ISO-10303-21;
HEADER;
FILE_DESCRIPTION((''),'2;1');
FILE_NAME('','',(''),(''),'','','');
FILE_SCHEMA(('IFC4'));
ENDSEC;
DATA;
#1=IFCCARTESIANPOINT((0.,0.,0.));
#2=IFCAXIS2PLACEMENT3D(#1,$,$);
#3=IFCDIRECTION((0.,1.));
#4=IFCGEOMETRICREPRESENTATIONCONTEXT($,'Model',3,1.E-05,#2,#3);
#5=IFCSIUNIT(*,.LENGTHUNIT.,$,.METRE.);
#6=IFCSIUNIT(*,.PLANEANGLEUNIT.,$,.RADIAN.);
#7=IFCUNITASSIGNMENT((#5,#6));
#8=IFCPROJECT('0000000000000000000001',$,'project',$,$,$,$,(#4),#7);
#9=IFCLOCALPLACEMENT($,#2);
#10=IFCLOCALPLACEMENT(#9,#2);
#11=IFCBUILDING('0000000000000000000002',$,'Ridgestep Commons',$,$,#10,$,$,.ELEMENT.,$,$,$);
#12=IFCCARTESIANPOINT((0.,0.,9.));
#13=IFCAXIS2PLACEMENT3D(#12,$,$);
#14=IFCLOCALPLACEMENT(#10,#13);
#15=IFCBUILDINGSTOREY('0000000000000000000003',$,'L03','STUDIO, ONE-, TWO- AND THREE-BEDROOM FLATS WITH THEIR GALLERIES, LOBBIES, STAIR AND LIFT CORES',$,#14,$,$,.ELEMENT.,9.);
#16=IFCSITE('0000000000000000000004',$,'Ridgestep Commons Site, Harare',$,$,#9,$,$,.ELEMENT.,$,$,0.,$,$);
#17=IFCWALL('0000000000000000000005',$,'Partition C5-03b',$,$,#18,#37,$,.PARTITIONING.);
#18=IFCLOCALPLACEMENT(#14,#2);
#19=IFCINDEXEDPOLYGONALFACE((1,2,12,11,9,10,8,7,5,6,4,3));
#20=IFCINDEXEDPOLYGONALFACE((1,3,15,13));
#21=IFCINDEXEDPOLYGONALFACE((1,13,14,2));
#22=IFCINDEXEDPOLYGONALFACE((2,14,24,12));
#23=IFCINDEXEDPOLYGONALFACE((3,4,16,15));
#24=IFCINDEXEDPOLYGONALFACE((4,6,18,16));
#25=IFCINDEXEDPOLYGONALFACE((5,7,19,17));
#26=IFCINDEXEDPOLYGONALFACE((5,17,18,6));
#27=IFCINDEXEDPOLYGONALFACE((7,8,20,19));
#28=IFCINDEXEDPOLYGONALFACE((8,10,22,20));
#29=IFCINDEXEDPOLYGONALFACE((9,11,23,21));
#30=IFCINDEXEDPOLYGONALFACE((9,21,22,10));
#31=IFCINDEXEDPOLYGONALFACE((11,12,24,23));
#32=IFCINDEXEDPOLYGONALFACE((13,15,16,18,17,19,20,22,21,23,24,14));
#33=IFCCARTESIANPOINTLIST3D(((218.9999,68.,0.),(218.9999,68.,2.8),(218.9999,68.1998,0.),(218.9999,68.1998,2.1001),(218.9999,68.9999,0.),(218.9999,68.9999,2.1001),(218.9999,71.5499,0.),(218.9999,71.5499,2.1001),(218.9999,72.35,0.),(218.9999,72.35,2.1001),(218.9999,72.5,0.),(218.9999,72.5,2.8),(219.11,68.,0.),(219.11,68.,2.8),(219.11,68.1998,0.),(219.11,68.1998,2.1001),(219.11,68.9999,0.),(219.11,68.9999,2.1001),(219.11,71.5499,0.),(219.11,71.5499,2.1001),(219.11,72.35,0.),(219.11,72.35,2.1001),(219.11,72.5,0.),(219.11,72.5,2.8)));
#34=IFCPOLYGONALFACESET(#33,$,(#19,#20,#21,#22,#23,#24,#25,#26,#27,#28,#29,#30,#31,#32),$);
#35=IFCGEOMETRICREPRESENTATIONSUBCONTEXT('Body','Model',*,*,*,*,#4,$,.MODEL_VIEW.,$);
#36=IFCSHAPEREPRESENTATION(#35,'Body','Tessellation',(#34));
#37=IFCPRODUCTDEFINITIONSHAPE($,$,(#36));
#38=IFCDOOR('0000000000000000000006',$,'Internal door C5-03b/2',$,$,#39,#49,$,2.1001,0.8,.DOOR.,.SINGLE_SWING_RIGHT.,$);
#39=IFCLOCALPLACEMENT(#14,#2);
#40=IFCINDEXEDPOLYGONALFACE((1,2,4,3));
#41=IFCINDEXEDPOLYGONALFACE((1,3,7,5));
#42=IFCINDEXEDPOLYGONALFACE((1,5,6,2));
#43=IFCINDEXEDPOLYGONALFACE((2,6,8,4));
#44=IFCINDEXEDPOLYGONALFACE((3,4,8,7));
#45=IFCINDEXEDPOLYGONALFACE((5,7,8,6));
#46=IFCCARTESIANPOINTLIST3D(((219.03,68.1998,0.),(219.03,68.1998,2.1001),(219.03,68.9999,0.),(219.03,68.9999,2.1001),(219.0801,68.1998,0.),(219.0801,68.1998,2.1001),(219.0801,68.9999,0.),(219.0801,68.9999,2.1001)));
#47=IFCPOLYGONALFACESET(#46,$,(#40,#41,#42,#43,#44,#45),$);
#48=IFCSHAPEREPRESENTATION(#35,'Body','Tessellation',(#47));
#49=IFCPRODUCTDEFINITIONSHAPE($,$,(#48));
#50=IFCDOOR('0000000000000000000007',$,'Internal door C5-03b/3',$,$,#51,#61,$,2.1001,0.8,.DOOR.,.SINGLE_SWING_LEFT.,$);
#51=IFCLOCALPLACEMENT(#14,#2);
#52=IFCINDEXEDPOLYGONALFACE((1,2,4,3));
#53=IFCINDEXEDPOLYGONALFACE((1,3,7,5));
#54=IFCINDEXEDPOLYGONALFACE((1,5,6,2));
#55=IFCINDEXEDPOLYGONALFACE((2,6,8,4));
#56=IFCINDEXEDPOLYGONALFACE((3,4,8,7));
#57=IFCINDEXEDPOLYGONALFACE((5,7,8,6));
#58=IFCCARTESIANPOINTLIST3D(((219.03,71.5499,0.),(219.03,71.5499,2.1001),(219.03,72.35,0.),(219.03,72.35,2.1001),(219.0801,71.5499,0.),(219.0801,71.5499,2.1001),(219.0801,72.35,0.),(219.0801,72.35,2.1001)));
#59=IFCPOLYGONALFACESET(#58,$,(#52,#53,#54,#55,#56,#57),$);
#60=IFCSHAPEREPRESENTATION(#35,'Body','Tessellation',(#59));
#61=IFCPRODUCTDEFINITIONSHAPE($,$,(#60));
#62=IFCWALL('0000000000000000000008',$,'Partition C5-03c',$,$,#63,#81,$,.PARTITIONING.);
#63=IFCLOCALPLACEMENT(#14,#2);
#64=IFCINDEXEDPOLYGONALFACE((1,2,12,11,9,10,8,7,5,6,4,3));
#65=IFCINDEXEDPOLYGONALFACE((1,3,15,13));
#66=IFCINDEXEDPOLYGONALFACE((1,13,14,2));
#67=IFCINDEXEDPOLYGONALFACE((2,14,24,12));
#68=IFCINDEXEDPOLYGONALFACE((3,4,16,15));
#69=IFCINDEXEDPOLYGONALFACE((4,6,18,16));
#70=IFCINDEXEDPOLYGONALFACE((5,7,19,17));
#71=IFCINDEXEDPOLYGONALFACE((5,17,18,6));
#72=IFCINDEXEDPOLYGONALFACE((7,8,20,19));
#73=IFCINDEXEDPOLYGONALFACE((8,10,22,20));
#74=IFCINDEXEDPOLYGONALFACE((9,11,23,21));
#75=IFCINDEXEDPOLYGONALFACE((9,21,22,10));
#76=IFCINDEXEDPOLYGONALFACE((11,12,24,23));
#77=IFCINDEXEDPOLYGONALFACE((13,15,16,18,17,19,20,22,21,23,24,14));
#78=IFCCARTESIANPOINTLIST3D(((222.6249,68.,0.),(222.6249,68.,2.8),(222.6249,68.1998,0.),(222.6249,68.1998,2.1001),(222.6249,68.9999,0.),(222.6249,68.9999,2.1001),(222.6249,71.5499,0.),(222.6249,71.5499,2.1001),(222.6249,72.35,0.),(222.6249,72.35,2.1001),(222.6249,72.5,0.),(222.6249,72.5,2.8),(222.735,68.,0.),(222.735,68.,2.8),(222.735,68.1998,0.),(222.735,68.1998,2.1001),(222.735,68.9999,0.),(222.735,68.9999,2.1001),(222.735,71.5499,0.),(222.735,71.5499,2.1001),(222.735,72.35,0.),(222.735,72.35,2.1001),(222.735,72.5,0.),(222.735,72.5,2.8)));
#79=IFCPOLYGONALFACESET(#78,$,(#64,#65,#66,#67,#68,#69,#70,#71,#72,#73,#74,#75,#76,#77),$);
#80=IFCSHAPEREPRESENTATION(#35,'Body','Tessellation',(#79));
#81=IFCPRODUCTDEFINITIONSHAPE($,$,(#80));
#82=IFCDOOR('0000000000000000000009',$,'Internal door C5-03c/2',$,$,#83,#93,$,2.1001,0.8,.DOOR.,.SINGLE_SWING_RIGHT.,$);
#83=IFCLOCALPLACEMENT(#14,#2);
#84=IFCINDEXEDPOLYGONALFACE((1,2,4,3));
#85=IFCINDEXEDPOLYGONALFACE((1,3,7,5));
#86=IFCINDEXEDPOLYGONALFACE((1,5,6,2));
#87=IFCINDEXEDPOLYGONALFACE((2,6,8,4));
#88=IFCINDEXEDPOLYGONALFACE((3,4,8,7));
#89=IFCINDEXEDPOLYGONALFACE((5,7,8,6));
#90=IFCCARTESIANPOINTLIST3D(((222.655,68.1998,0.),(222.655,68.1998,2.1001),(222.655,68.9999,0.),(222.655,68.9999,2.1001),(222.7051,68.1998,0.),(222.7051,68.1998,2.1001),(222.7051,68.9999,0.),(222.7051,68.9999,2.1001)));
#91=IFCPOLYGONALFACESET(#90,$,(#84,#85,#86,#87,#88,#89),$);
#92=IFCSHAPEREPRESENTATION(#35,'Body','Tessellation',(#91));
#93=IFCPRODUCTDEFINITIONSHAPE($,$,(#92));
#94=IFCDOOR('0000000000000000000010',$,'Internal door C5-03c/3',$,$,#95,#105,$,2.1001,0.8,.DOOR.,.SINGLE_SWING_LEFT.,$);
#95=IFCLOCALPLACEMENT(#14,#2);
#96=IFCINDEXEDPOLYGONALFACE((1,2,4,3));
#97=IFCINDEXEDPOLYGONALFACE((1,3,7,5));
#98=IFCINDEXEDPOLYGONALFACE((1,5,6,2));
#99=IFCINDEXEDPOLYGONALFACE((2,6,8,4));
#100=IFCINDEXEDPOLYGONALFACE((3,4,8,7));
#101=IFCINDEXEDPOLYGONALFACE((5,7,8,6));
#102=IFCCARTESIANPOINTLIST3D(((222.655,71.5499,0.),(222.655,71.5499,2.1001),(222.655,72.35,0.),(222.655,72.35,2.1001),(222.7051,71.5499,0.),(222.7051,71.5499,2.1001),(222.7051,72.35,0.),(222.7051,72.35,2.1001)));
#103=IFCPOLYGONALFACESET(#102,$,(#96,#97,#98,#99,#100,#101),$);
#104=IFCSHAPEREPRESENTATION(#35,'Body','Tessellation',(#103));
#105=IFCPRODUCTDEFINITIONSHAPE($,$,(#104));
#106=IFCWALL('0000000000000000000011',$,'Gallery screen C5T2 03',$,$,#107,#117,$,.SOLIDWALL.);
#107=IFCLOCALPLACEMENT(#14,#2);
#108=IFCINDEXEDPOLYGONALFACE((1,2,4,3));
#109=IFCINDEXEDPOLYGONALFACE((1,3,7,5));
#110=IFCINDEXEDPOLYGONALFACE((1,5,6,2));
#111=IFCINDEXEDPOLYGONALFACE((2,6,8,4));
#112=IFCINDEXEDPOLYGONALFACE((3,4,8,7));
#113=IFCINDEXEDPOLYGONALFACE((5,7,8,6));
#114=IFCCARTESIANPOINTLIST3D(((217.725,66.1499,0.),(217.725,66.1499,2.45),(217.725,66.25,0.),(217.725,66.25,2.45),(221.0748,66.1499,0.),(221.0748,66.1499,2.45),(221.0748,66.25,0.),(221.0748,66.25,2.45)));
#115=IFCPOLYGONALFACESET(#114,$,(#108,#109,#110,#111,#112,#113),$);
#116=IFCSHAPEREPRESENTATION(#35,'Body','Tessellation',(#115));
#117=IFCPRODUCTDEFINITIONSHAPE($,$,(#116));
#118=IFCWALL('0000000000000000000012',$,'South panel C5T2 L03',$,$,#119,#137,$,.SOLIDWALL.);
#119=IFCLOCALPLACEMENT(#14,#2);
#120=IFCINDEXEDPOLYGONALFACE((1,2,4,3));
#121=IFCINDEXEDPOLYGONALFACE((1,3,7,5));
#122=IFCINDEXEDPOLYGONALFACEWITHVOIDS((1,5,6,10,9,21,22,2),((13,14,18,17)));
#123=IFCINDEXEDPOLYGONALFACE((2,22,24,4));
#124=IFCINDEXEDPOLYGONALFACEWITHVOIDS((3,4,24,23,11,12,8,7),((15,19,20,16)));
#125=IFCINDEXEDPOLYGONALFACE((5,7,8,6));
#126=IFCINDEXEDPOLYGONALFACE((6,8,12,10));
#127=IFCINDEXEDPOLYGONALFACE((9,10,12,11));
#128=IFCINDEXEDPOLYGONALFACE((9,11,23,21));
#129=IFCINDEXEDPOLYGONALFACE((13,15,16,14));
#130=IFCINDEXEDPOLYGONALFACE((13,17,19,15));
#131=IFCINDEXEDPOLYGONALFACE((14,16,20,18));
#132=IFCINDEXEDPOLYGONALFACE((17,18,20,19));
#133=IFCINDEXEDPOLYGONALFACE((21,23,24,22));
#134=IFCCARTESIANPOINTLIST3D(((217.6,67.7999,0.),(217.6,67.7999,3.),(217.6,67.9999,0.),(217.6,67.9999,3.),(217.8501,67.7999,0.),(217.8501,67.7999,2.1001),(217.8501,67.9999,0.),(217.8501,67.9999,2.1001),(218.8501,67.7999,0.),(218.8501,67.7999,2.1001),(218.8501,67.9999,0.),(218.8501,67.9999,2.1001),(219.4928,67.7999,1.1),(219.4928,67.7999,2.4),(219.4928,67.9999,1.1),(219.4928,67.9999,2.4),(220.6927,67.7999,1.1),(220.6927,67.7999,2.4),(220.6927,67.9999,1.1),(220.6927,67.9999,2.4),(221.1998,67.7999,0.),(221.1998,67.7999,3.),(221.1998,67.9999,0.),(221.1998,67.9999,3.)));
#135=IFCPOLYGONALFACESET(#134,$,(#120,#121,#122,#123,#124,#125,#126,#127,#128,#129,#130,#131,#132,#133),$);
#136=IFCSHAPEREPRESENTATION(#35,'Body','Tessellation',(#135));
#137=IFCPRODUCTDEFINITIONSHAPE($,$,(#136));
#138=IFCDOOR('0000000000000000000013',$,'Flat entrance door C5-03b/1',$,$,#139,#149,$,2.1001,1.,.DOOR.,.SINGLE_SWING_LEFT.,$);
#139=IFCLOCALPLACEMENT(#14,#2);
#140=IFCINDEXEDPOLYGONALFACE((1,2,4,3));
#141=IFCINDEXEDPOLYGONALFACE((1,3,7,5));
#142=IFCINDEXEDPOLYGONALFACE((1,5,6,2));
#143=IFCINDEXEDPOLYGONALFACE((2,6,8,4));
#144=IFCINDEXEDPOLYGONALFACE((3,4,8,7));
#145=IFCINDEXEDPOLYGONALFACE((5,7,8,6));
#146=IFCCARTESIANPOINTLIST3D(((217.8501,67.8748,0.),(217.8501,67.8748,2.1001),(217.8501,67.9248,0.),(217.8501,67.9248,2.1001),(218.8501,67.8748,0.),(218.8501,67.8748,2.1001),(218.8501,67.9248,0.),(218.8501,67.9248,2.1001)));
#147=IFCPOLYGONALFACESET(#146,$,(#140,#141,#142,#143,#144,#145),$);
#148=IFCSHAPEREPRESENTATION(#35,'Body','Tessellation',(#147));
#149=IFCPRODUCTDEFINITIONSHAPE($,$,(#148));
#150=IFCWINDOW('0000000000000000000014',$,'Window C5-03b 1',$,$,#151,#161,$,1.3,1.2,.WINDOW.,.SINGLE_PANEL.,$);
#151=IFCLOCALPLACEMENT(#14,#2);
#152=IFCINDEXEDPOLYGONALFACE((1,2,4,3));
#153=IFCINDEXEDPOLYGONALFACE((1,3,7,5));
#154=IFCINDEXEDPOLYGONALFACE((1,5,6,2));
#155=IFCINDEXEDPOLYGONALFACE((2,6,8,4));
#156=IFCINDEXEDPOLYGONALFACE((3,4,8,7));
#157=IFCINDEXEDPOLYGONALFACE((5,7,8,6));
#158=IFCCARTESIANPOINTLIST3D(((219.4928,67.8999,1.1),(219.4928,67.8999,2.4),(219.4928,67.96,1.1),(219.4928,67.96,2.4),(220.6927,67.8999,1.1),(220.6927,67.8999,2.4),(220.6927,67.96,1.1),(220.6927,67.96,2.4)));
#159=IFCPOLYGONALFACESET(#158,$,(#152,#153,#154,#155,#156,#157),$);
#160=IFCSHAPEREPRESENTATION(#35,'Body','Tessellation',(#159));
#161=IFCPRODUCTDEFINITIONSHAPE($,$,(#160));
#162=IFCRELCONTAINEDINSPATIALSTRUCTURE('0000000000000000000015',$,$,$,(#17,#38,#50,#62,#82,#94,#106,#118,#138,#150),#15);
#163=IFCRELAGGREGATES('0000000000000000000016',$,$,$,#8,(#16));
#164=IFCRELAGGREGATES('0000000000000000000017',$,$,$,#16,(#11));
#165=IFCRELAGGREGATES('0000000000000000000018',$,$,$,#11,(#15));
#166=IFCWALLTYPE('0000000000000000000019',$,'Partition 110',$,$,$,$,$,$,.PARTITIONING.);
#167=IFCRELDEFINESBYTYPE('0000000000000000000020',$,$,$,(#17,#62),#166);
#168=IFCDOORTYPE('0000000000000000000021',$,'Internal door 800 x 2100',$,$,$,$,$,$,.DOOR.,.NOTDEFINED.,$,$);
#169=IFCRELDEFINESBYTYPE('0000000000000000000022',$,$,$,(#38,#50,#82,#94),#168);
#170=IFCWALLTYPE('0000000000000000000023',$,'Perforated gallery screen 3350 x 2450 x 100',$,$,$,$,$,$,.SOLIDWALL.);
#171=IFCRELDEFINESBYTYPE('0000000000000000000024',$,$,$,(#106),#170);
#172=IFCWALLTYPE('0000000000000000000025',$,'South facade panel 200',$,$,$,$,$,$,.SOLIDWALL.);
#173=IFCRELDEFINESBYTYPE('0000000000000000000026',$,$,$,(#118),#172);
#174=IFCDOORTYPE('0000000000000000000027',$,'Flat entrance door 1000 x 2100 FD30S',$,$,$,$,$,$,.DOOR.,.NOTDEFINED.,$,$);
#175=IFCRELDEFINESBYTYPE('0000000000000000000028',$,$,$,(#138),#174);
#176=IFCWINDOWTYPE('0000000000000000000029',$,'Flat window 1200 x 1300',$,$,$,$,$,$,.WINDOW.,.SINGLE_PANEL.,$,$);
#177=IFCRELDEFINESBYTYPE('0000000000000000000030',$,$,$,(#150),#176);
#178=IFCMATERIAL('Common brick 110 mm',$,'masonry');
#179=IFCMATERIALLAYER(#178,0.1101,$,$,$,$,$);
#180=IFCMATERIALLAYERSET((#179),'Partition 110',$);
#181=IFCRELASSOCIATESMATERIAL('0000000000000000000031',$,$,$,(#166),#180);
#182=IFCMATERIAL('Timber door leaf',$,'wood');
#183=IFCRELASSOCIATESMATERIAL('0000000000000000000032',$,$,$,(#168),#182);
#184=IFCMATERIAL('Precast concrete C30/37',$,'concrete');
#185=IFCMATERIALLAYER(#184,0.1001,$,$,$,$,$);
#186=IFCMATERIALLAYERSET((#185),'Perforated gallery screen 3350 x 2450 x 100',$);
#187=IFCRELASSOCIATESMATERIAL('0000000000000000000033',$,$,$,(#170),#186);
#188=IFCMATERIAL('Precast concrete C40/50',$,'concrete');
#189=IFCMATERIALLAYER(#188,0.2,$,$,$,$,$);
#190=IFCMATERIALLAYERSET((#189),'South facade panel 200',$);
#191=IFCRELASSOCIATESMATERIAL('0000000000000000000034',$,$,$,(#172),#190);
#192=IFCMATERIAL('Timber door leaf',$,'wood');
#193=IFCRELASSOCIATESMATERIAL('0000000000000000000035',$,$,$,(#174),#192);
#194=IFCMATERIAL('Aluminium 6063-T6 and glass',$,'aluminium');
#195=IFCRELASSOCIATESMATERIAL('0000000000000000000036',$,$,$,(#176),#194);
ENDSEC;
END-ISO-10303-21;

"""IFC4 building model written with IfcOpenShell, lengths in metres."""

from ifc_helpers import new_model, si_unit, direction, frame, frame_2d, origin, place, context, subcontext, project, spatial, rectangle, extrude, material, layer, layer_set, type_object, element, fill, save


model = new_model("IFC4")

# Units and contexts
model_context = context("Model", 3, precision=1e-05, world=origin(), true_north=direction((0.0, 1.0)))
body_context = subcontext(model_context, "Body", "Model", "MODEL_VIEW")
ifc_project = project(units=[si_unit("LENGTHUNIT", "METRE"), si_unit("PLANEANGLEUNIT", "RADIAN")], contexts=[model_context])

# Site, building, storey
site_placement = place(None, origin())
site = spatial("IfcSite", under=ifc_project, at=site_placement, Name="Ridgestep Commons Site, Harare", CompositionType="ELEMENT", RefElevation=0.0)
building_placement = place(site_placement, origin())
building = spatial("IfcBuilding", under=site, at=building_placement, Name="Ridgestep Commons", CompositionType="ELEMENT")
storey_placement = place(building_placement, frame((0.0, 0.0, 9.0)))
storey = spatial("IfcBuildingStorey", under=building, at=storey_placement, Name="L03", Description="STUDIO, ONE-, TWO- AND THREE-BEDROOM FLATS WITH THEIR GALLERIES, LOBBIES, STAIR AND LIFT CORES", CompositionType="ELEMENT", Elevation=9.0)

# Walls, openings, doors
ifc_material_1 = material(Name="Common brick 110 mm", Category="masonry")
ifc_layer_1 = layer(ifc_material_1, 0.1101)
ifc_layer_set_1 = layer_set([ifc_layer_1], Name="Partition 110")
wall_type_1 = type_object("IfcWallType", Name="Partition 110", PredefinedType="PARTITIONING", material=ifc_layer_set_1)
ifc_material_2 = material(Name="Timber door leaf", Category="wood")
door_type_1 = type_object("IfcDoorType", Name="Internal door 800 x 2100", OperationType="NOTDEFINED", PredefinedType="DOOR", material=ifc_material_2)
wall_1_placement = place(storey_placement, frame((219.0549, 68.0, 0.0), z_axis=(0.0, 0.0, 1.0), x_axis=(0.0, 1.0, 0.0)))
wall_1 = element("IfcWall", 1, at=wall_1_placement, inside=storey, type_object=wall_type_1, Name="Partition C5-03b", PredefinedType="PARTITIONING", context=body_context, shape_type="SweptSolid", body=[
    extrude(rectangle(XDim=4.5, YDim=0.1101, at=frame_2d((2.25, 0.0))), origin(), (0.0, 0.0, 1.0), 2.8),
])
opening_1_placement = place(wall_1_placement, frame((0.2, 0.0, 0.0)))
opening_1 = element("IfcOpeningElement", 2, at=opening_1_placement, cuts=wall_1, PredefinedType="OPENING", context=body_context, shape_type="SweptSolid", body=[
    extrude(rectangle(XDim=0.8, YDim=2.1001, at=frame_2d((0.3999, 1.05))), frame((0.0, 0.0649, 0.0), z_axis=(0.0, -1.0, 0.0), x_axis=(1.0, 0.0, 0.0)), (0.0, 0.0, 1.0), 0.1301),
])
opening_2_placement = place(wall_1_placement, frame((3.55, 0.0, 0.0)))
opening_2 = element("IfcOpeningElement", 3, at=opening_2_placement, cuts=wall_1, PredefinedType="OPENING", context=body_context, shape_type="SweptSolid", body=[
    extrude(rectangle(XDim=0.8, YDim=2.1001, at=frame_2d((0.3999, 1.05))), frame((0.0, 0.0649, 0.0), z_axis=(0.0, -1.0, 0.0), x_axis=(1.0, 0.0, 0.0)), (0.0, 0.0, 1.0), 0.1301),
])
door_1_placement = place(opening_1_placement, origin())
door_1 = element("IfcDoor", 4, at=door_1_placement, inside=storey, type_object=door_type_1, Name="Internal door C5-03b/2", OperationType="SINGLE_SWING_RIGHT", OverallHeight=2.1001, OverallWidth=0.8, PredefinedType="DOOR", context=body_context, shape_type="SweptSolid", body=[
    extrude(rectangle(XDim=0.8, YDim=2.1001, at=frame_2d((0.3999, 1.05))), frame((0.0, 0.0249, 0.0), z_axis=(0.0, -1.0, 0.0), x_axis=(1.0, 0.0, 0.0)), (0.0, 0.0, 1.0), 0.05),
])
fill(opening_1, door_1)
door_2_placement = place(opening_2_placement, origin())
door_2 = element("IfcDoor", 5, at=door_2_placement, inside=storey, type_object=door_type_1, Name="Internal door C5-03b/3", OperationType="SINGLE_SWING_LEFT", OverallHeight=2.1001, OverallWidth=0.8, PredefinedType="DOOR", context=body_context, shape_type="SweptSolid", body=[
    extrude(rectangle(XDim=0.8, YDim=2.1001, at=frame_2d((0.3999, 1.05))), frame((0.0, 0.0249, 0.0), z_axis=(0.0, -1.0, 0.0), x_axis=(1.0, 0.0, 0.0)), (0.0, 0.0, 1.0), 0.05),
])
fill(opening_2, door_2)
wall_2_placement = place(storey_placement, frame((222.6799, 68.0, 0.0), z_axis=(0.0, 0.0, 1.0), x_axis=(0.0, 1.0, 0.0)))
wall_2 = element("IfcWall", 6, at=wall_2_placement, inside=storey, type_object=wall_type_1, Name="Partition C5-03c", PredefinedType="PARTITIONING", context=body_context, shape_type="SweptSolid", body=[
    extrude(rectangle(XDim=4.5, YDim=0.1101, at=frame_2d((2.25, 0.0))), origin(), (0.0, 0.0, 1.0), 2.8),
])
opening_3_placement = place(wall_2_placement, frame((0.2, 0.0, 0.0)))
opening_3 = element("IfcOpeningElement", 7, at=opening_3_placement, cuts=wall_2, PredefinedType="OPENING", context=body_context, shape_type="SweptSolid", body=[
    extrude(rectangle(XDim=0.8, YDim=2.1001, at=frame_2d((0.3999, 1.05))), frame((0.0, 0.0649, 0.0), z_axis=(0.0, -1.0, 0.0), x_axis=(1.0, 0.0, 0.0)), (0.0, 0.0, 1.0), 0.1301),
])
opening_4_placement = place(wall_2_placement, frame((3.55, 0.0, 0.0)))
opening_4 = element("IfcOpeningElement", 8, at=opening_4_placement, cuts=wall_2, PredefinedType="OPENING", context=body_context, shape_type="SweptSolid", body=[
    extrude(rectangle(XDim=0.8, YDim=2.1001, at=frame_2d((0.3999, 1.05))), frame((0.0, 0.0649, 0.0), z_axis=(0.0, -1.0, 0.0), x_axis=(1.0, 0.0, 0.0)), (0.0, 0.0, 1.0), 0.1301),
])
door_3_placement = place(opening_3_placement, origin())
door_3 = element("IfcDoor", 9, at=door_3_placement, inside=storey, type_object=door_type_1, Name="Internal door C5-03c/2", OperationType="SINGLE_SWING_RIGHT", OverallHeight=2.1001, OverallWidth=0.8, PredefinedType="DOOR", context=body_context, shape_type="SweptSolid", body=[
    extrude(rectangle(XDim=0.8, YDim=2.1001, at=frame_2d((0.3999, 1.05))), frame((0.0, 0.0249, 0.0), z_axis=(0.0, -1.0, 0.0), x_axis=(1.0, 0.0, 0.0)), (0.0, 0.0, 1.0), 0.05),
])
fill(opening_3, door_3)
door_4_placement = place(opening_4_placement, origin())
door_4 = element("IfcDoor", 10, at=door_4_placement, inside=storey, type_object=door_type_1, Name="Internal door C5-03c/3", OperationType="SINGLE_SWING_LEFT", OverallHeight=2.1001, OverallWidth=0.8, PredefinedType="DOOR", context=body_context, shape_type="SweptSolid", body=[
    extrude(rectangle(XDim=0.8, YDim=2.1001, at=frame_2d((0.3999, 1.05))), frame((0.0, 0.0249, 0.0), z_axis=(0.0, -1.0, 0.0), x_axis=(1.0, 0.0, 0.0)), (0.0, 0.0, 1.0), 0.05),
])
fill(opening_4, door_4)

# Wall
ifc_material_3 = material(Name="Precast concrete C30/37", Category="concrete")
ifc_layer_2 = layer(ifc_material_3, 0.1001)
ifc_layer_set_2 = layer_set([ifc_layer_2], Name="Perforated gallery screen 3350 x 2450 x 100")
wall_type_2 = type_object("IfcWallType", Name="Perforated gallery screen 3350 x 2450 x 100", PredefinedType="SOLIDWALL", material=ifc_layer_set_2)
wall_3_placement = place(storey_placement, frame((217.7251, 66.2, 0.0), z_axis=(0.0, 0.0, 1.0), x_axis=(1.0, 0.0, 0.0)))
element("IfcWall", 11, at=wall_3_placement, inside=storey, type_object=wall_type_2, Name="Gallery screen C5T2 03", PredefinedType="SOLIDWALL", context=body_context, shape_type="SweptSolid", body=[
    extrude(rectangle(XDim=3.3499, YDim=0.1001, at=frame_2d((1.6748, 0.0))), origin(), (0.0, 0.0, 1.0), 2.45),
])

# Wall, openings, door, window
ifc_material_4 = material(Name="Precast concrete C40/50", Category="concrete")
ifc_layer_3 = layer(ifc_material_4, 0.2)
ifc_layer_set_3 = layer_set([ifc_layer_3], Name="South facade panel 200")
wall_type_3 = type_object("IfcWallType", Name="South facade panel 200", PredefinedType="SOLIDWALL", material=ifc_layer_set_3)
wall_4_placement = place(storey_placement, frame((217.6001, 67.8999, 0.0), z_axis=(0.0, 0.0, 1.0), x_axis=(1.0, 0.0, 0.0)))
wall_4 = element("IfcWall", 12, at=wall_4_placement, inside=storey, type_object=wall_type_3, Name="South panel C5T2 L03", PredefinedType="SOLIDWALL", context=body_context, shape_type="SweptSolid", body=[
    extrude(rectangle(XDim=3.5999, YDim=0.2, at=frame_2d((1.7998, 0.0))), origin(), (0.0, 0.0, 1.0), 3.0),
])
opening_5_placement = place(wall_4_placement, frame((1.8926, 0.0, 1.1001)))
opening_5 = element("IfcOpeningElement", 13, at=opening_5_placement, cuts=wall_4, PredefinedType="OPENING", context=body_context, shape_type="SweptSolid", body=[
    extrude(rectangle(XDim=1.2, YDim=1.3, at=frame_2d((0.6001, 0.6499))), frame((0.0, 0.1099, 0.0), z_axis=(0.0, -1.0, 0.0), x_axis=(1.0, 0.0, 0.0)), (0.0, 0.0, 1.0), 0.22),
])
opening_6_placement = place(wall_4_placement, frame((0.25, 0.0, 0.0)))
opening_6 = element("IfcOpeningElement", 14, at=opening_6_placement, cuts=wall_4, PredefinedType="OPENING", context=body_context, shape_type="SweptSolid", body=[
    extrude(rectangle(XDim=1.0, YDim=2.1001, at=frame_2d((0.5, 1.05))), frame((0.0, 0.1099, 0.0), z_axis=(0.0, -1.0, 0.0), x_axis=(1.0, 0.0, 0.0)), (0.0, 0.0, 1.0), 0.22),
])
ifc_material_5 = material(Name="Timber door leaf", Category="wood")
door_type_2 = type_object("IfcDoorType", Name="Flat entrance door 1000 x 2100 FD30S", OperationType="NOTDEFINED", PredefinedType="DOOR", material=ifc_material_5)
door_5_placement = place(opening_6_placement, origin())
door_5 = element("IfcDoor", 15, at=door_5_placement, inside=storey, type_object=door_type_2, Name="Flat entrance door C5-03b/1", OperationType="SINGLE_SWING_LEFT", OverallHeight=2.1001, OverallWidth=1.0, PredefinedType="DOOR", context=body_context, shape_type="SweptSolid", body=[
    extrude(rectangle(XDim=1.0, YDim=2.1001, at=frame_2d((0.5, 1.05))), frame((0.0, 0.0249, 0.0), z_axis=(0.0, -1.0, 0.0), x_axis=(1.0, 0.0, 0.0)), (0.0, 0.0, 1.0), 0.05),
])
fill(opening_6, door_5)
ifc_material_6 = material(Name="Aluminium 6063-T6 and glass", Category="aluminium")
window_type = type_object("IfcWindowType", Name="Flat window 1200 x 1300", PartitioningType="SINGLE_PANEL", PredefinedType="WINDOW", material=ifc_material_6)
window_1_placement = place(opening_5_placement, origin())
window_1 = element("IfcWindow", 16, at=window_1_placement, inside=storey, type_object=window_type, Name="Window C5-03b 1", OverallHeight=1.3, OverallWidth=1.2, PartitioningType="SINGLE_PANEL", PredefinedType="WINDOW", context=body_context, shape_type="SweptSolid", body=[
    extrude(rectangle(XDim=1.2, YDim=1.3, at=frame_2d((0.6001, 0.6499))), frame((0.0, 0.0601, 0.0), z_axis=(0.0, -1.0, 0.0), x_axis=(1.0, 0.0, 0.0)), (0.0, 0.0, 1.0), 0.0601),
])
fill(opening_5, window_1)

save(model, "model.ifc")
